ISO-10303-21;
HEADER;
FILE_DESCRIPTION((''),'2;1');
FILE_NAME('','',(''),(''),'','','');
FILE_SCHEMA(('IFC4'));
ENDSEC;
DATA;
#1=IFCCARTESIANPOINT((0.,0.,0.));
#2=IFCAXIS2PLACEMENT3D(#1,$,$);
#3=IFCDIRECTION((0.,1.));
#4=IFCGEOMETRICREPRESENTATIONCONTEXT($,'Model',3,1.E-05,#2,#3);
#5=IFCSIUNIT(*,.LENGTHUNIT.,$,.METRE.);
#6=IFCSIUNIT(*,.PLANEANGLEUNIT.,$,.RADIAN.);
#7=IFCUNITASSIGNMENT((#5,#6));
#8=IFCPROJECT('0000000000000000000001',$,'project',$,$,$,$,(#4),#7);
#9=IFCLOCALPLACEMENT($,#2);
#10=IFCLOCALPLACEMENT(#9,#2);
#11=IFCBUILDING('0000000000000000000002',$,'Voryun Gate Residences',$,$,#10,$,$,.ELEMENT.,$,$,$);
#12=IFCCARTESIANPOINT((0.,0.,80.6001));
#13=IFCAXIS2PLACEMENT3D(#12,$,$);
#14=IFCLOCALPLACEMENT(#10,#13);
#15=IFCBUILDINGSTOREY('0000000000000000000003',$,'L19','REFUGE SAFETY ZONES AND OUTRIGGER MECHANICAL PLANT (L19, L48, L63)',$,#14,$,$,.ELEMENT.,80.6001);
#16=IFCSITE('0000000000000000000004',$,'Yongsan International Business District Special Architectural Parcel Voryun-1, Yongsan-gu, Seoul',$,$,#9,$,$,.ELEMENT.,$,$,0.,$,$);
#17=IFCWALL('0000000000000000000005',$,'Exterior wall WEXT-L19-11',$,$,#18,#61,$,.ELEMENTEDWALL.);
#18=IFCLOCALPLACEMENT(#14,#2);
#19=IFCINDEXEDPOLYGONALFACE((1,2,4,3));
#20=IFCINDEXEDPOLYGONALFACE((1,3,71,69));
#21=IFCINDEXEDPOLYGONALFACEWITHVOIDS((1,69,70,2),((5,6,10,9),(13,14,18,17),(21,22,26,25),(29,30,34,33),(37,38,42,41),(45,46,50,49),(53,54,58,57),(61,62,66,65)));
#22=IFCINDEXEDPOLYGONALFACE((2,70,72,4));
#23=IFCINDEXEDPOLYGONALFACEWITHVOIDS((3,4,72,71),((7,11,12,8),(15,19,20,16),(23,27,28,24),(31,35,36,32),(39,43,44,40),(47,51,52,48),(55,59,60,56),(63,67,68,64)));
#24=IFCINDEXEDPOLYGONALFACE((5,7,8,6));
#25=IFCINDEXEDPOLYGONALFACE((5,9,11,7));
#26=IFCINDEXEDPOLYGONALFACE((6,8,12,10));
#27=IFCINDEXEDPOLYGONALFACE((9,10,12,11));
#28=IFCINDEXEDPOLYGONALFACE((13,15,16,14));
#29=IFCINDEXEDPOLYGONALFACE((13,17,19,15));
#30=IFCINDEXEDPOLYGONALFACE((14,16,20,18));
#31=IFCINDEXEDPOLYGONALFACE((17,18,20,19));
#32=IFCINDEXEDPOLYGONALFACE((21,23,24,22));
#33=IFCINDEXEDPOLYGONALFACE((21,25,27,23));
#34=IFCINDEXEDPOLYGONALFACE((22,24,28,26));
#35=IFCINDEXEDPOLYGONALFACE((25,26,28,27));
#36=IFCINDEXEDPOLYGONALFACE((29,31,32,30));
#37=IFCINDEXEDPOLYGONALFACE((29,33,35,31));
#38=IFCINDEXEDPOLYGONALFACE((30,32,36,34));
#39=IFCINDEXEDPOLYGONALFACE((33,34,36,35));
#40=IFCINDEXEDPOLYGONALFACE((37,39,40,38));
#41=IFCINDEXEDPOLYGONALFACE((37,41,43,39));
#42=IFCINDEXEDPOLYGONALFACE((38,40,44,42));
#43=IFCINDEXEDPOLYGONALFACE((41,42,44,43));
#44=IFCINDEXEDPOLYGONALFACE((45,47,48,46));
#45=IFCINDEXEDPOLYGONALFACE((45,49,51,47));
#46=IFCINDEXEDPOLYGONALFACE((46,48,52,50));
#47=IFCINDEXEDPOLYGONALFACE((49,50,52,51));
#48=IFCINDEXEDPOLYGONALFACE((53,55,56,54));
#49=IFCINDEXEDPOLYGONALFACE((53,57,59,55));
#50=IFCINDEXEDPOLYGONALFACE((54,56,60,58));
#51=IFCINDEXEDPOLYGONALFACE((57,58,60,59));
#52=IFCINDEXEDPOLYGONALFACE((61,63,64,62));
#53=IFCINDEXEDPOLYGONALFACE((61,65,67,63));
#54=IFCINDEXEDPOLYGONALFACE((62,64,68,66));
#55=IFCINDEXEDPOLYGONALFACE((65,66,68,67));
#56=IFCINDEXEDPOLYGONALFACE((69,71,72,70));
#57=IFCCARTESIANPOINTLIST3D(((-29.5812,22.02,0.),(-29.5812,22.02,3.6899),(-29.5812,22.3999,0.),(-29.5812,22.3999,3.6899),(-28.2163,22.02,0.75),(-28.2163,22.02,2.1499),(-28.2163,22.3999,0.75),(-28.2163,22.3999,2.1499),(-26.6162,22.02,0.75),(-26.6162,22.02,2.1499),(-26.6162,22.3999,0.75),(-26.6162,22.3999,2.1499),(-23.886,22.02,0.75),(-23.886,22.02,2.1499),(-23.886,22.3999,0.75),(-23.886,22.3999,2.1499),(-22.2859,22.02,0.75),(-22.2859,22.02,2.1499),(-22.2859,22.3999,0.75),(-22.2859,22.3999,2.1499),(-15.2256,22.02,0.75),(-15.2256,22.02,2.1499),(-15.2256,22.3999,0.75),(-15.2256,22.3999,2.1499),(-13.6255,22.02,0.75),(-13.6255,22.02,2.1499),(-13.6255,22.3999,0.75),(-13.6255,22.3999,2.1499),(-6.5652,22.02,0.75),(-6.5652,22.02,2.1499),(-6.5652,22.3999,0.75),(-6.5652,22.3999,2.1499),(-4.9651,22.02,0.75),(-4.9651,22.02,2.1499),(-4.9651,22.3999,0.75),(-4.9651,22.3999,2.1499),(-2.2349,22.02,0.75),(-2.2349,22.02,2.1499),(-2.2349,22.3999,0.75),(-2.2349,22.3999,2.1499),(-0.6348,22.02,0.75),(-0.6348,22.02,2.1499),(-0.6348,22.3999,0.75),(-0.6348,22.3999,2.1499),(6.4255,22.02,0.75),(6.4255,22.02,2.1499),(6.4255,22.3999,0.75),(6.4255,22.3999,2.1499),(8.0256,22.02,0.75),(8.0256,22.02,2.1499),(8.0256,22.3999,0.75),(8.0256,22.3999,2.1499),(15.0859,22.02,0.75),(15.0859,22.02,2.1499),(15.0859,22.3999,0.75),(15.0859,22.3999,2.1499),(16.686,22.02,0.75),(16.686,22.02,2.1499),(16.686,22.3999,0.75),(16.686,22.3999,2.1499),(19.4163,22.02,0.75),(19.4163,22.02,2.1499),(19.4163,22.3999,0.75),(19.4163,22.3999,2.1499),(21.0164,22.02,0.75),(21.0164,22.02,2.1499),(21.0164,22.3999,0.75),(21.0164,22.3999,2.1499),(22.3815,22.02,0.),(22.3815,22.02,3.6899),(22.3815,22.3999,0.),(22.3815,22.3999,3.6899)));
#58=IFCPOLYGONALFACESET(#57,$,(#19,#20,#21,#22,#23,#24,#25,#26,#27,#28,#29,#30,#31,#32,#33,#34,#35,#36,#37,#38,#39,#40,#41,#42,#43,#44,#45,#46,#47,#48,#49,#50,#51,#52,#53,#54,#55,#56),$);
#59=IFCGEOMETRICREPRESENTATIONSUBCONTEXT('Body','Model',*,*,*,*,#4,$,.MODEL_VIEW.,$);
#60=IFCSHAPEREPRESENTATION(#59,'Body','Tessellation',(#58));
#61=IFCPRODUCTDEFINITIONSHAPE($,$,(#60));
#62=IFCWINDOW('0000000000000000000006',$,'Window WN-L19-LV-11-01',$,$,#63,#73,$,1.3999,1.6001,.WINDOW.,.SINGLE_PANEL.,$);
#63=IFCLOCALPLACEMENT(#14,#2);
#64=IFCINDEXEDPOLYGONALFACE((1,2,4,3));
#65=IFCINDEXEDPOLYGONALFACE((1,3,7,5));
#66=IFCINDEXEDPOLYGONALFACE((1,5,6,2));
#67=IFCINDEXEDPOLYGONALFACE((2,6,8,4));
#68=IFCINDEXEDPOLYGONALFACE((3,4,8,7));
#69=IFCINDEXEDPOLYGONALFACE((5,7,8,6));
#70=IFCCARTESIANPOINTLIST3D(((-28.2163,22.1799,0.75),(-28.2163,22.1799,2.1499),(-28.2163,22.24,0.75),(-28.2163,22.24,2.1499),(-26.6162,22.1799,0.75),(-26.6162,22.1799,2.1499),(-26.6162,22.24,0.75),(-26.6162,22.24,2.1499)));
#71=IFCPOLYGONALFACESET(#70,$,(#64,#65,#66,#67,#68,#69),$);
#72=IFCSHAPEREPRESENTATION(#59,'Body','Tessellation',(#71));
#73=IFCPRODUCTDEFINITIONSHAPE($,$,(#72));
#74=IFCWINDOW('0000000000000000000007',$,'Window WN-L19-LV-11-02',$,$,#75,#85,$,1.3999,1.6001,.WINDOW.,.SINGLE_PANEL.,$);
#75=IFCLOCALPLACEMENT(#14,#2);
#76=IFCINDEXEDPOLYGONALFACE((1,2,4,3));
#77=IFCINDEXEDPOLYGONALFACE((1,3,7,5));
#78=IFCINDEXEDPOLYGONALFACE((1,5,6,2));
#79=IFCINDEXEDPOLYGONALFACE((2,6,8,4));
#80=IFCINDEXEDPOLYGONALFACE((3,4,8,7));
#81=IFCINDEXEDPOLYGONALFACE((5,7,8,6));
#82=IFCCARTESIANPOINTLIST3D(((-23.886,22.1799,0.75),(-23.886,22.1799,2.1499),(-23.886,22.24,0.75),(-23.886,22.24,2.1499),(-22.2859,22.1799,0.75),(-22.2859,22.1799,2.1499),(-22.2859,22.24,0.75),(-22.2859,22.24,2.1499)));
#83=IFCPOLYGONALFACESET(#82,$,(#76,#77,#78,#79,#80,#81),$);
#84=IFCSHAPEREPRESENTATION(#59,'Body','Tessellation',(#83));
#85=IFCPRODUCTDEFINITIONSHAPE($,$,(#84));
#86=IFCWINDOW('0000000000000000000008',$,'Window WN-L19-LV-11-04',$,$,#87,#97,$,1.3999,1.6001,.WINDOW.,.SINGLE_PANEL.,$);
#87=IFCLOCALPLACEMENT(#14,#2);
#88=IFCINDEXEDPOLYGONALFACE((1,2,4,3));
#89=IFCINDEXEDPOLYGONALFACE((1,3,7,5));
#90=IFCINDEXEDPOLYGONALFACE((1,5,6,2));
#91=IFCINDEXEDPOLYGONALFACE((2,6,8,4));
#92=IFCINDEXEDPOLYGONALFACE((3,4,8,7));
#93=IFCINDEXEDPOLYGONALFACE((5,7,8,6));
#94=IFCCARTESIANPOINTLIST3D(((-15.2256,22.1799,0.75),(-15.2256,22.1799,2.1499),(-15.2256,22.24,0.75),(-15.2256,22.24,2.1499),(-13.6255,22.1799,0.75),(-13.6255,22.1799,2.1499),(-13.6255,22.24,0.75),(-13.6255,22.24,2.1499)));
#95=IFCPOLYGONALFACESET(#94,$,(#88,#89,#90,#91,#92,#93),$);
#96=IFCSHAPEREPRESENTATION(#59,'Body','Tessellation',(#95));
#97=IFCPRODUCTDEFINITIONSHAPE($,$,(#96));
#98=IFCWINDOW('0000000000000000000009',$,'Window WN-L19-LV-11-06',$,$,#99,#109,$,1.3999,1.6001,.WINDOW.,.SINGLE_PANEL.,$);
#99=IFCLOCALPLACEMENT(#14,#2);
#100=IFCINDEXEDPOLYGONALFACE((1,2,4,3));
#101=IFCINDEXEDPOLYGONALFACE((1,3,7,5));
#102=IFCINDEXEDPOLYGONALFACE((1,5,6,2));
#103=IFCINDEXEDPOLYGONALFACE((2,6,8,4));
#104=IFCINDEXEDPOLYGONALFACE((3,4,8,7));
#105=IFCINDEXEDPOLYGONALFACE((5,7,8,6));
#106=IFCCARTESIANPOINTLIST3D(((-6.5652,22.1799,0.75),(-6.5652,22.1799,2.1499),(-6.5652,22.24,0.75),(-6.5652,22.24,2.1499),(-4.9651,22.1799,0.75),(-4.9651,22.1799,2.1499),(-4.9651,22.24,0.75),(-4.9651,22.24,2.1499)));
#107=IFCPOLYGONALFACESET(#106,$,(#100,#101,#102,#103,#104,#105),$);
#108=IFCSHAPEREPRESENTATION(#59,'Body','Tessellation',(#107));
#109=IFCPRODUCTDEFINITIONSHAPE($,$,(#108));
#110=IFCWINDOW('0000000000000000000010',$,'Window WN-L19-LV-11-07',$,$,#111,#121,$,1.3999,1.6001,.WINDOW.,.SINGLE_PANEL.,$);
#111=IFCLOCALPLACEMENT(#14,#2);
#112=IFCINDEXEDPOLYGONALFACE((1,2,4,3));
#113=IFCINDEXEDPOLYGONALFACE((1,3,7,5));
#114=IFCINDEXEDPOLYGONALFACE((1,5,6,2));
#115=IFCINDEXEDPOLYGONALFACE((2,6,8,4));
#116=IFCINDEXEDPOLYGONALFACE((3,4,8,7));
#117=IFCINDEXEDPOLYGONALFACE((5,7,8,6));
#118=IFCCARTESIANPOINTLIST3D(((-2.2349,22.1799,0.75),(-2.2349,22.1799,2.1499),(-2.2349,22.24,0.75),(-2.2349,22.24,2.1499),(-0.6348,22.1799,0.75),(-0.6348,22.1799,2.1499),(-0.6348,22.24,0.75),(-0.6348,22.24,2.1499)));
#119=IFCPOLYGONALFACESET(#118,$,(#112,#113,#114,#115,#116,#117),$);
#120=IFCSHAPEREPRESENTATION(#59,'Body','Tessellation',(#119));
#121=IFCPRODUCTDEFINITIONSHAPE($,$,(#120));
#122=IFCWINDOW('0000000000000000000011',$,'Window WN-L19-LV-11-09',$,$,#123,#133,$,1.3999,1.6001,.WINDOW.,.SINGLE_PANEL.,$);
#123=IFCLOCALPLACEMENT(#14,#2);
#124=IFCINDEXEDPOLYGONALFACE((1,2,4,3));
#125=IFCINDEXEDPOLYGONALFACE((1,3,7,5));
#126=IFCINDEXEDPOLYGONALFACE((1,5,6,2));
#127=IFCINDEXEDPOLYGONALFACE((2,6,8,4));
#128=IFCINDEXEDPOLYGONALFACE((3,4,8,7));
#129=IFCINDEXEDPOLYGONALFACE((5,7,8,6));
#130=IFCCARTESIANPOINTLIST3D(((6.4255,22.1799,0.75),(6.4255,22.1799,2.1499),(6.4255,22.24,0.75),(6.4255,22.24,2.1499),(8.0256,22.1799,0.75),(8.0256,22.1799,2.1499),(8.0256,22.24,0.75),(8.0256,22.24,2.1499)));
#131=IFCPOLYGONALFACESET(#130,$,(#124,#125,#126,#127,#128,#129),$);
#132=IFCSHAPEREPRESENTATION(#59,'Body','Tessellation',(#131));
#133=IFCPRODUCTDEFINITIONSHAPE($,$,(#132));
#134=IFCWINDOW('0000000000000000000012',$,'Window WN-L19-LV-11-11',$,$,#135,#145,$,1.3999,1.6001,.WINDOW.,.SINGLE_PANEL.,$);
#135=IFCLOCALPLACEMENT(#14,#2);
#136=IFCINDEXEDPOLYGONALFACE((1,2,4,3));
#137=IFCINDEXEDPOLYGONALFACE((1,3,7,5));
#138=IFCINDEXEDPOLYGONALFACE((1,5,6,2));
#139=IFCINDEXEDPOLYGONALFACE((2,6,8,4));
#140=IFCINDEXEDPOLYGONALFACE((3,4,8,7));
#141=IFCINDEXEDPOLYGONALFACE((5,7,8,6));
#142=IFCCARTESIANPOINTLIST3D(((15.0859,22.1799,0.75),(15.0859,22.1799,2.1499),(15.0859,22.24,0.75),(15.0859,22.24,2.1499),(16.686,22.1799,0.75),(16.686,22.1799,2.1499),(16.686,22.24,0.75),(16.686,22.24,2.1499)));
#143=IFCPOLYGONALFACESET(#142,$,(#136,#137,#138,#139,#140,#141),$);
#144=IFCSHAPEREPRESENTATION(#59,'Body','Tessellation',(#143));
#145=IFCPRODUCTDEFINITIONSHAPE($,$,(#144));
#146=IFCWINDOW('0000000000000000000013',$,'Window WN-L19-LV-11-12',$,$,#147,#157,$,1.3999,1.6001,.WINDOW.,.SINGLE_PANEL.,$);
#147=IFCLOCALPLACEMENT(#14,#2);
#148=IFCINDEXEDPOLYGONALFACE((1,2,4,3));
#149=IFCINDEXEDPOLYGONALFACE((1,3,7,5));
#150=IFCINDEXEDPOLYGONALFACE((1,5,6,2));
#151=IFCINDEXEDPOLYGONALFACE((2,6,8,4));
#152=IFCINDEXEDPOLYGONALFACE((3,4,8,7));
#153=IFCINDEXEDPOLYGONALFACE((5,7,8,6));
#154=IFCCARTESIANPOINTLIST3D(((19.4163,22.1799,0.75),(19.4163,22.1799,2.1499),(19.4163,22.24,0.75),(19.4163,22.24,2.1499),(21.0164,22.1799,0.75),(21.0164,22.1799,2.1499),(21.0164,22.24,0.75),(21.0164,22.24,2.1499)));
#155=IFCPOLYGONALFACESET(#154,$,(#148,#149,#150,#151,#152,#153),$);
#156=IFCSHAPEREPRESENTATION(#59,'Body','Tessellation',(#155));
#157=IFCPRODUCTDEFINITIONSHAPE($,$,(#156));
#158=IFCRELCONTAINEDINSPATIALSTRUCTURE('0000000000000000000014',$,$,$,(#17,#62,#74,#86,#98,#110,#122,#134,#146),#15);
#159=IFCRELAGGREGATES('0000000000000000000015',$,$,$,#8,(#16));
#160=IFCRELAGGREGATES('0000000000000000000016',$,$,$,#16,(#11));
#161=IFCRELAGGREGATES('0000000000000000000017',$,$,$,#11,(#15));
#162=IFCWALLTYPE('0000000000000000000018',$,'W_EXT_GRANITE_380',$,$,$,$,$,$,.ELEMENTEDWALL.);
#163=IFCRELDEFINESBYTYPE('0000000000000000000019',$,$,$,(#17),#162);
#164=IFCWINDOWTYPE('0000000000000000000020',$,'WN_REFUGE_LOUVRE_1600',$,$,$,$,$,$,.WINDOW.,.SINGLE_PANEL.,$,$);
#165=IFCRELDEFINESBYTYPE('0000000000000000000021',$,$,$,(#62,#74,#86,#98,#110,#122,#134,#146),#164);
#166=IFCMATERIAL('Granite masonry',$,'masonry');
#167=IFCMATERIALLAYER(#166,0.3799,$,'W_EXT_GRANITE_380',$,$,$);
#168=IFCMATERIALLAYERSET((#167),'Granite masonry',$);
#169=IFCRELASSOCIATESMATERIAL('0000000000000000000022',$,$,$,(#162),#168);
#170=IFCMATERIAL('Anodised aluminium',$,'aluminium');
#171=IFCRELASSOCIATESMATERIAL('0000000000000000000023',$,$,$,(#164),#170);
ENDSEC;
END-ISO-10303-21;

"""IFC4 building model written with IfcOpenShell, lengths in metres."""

from ifc_helpers import new_model, si_unit, direction, frame, frame_2d, origin, place, context, subcontext, project, spatial, rectangle, extrude, material, layer, layer_set, type_object, element, fill, save


model = new_model("IFC4")

# Units and contexts
model_context = context("Model", 3, precision=1e-05, world=origin(), true_north=direction((0.0, 1.0)))
body_context = subcontext(model_context, "Body", "Model", "MODEL_VIEW")
ifc_project = project(units=[si_unit("LENGTHUNIT", "METRE"), si_unit("PLANEANGLEUNIT", "RADIAN")], contexts=[model_context])

# Site, building, storey
site_placement = place(None, origin())
site = spatial("IfcSite", under=ifc_project, at=site_placement, Name="Yongsan International Business District Special Architectural Parcel Voryun-1, Yongsan-gu, Seoul", CompositionType="ELEMENT", RefElevation=0.0)
building_placement = place(site_placement, origin())
building = spatial("IfcBuilding", under=site, at=building_placement, Name="Voryun Gate Residences", CompositionType="ELEMENT")
storey_placement = place(building_placement, frame((0.0, 0.0, 80.6001)))
storey = spatial("IfcBuildingStorey", under=building, at=storey_placement, Name="L19", Description="REFUGE SAFETY ZONES AND OUTRIGGER MECHANICAL PLANT (L19, L48, L63)", CompositionType="ELEMENT", Elevation=80.6001)

# Shared definitions
ifc_material_1 = material(Name="Granite masonry", Category="masonry")
ifc_layer_1 = layer(ifc_material_1, 0.3799, Name="W_EXT_GRANITE_380")
ifc_layer_set_1 = layer_set([ifc_layer_1], Name="Granite masonry")
wall_type = type_object("IfcWallType", Name="W_EXT_GRANITE_380", PredefinedType="ELEMENTEDWALL", material=ifc_layer_set_1)

# Wall, openings, windows
wall_1_placement = place(storey_placement, frame((-29.5813, 22.21, 0.0), z_axis=(0.0, 0.0, 1.0), x_axis=(1.0, 0.0, 0.0)))
wall_1 = element("IfcWall", 1, at=wall_1_placement, inside=storey, type_object=wall_type, Name="Exterior wall WEXT-L19-11", PredefinedType="ELEMENTEDWALL", context=body_context, shape_type="SweptSolid", body=[
    extrude(rectangle(XDim=51.9626, YDim=0.3799, at=frame_2d((25.9814, 0.0))), origin(), (0.0, 0.0, 1.0), 3.6899),
])
opening_1_placement = place(wall_1_placement, frame((1.365, 0.0, 0.75)))
opening_1 = element("IfcOpeningElement", 2, at=opening_1_placement, cuts=wall_1, PredefinedType="OPENING", context=body_context, shape_type="SweptSolid", body=[
    extrude(rectangle(XDim=1.6001, YDim=1.3999, at=frame_2d((0.8, 0.7))), frame((0.0, 0.2, 0.0), z_axis=(0.0, -1.0, 0.0), x_axis=(1.0, 0.0, 0.0)), (0.0, 0.0, 1.0), 0.3999),
])
opening_2_placement = place(wall_1_placement, frame((5.6953, 0.0, 0.75)))
opening_2 = element("IfcOpeningElement", 3, at=opening_2_placement, cuts=wall_1, PredefinedType="OPENING", context=body_context, shape_type="SweptSolid", body=[
    extrude(rectangle(XDim=1.6001, YDim=1.3999, at=frame_2d((0.8, 0.7))), frame((0.0, 0.2, 0.0), z_axis=(0.0, -1.0, 0.0), x_axis=(1.0, 0.0, 0.0)), (0.0, 0.0, 1.0), 0.3999),
])
opening_3_placement = place(wall_1_placement, frame((14.3557, 0.0, 0.75)))
opening_3 = element("IfcOpeningElement", 4, at=opening_3_placement, cuts=wall_1, PredefinedType="OPENING", context=body_context, shape_type="SweptSolid", body=[
    extrude(rectangle(XDim=1.6001, YDim=1.3999, at=frame_2d((0.8, 0.7))), frame((0.0, 0.2, 0.0), z_axis=(0.0, -1.0, 0.0), x_axis=(1.0, 0.0, 0.0)), (0.0, 0.0, 1.0), 0.3999),
])
opening_4_placement = place(wall_1_placement, frame((23.0161, 0.0, 0.75)))
opening_4 = element("IfcOpeningElement", 5, at=opening_4_placement, cuts=wall_1, PredefinedType="OPENING", context=body_context, shape_type="SweptSolid", body=[
    extrude(rectangle(XDim=1.6001, YDim=1.3999, at=frame_2d((0.8, 0.7))), frame((0.0, 0.2, 0.0), z_axis=(0.0, -1.0, 0.0), x_axis=(1.0, 0.0, 0.0)), (0.0, 0.0, 1.0), 0.3999),
])
opening_5_placement = place(wall_1_placement, frame((27.3464, 0.0, 0.75)))
opening_5 = element("IfcOpeningElement", 6, at=opening_5_placement, cuts=wall_1, PredefinedType="OPENING", context=body_context, shape_type="SweptSolid", body=[
    extrude(rectangle(XDim=1.6001, YDim=1.3999, at=frame_2d((0.8, 0.7))), frame((0.0, 0.2, 0.0), z_axis=(0.0, -1.0, 0.0), x_axis=(1.0, 0.0, 0.0)), (0.0, 0.0, 1.0), 0.3999),
])
opening_6_placement = place(wall_1_placement, frame((36.0068, 0.0, 0.75)))
opening_6 = element("IfcOpeningElement", 7, at=opening_6_placement, cuts=wall_1, PredefinedType="OPENING", context=body_context, shape_type="SweptSolid", body=[
    extrude(rectangle(XDim=1.6001, YDim=1.3999, at=frame_2d((0.8, 0.7))), frame((0.0, 0.2, 0.0), z_axis=(0.0, -1.0, 0.0), x_axis=(1.0, 0.0, 0.0)), (0.0, 0.0, 1.0), 0.3999),
])
opening_7_placement = place(wall_1_placement, frame((44.6672, 0.0, 0.75)))
opening_7 = element("IfcOpeningElement", 8, at=opening_7_placement, cuts=wall_1, PredefinedType="OPENING", context=body_context, shape_type="SweptSolid", body=[
    extrude(rectangle(XDim=1.6001, YDim=1.3999, at=frame_2d((0.8, 0.7))), frame((0.0, 0.2, 0.0), z_axis=(0.0, -1.0, 0.0), x_axis=(1.0, 0.0, 0.0)), (0.0, 0.0, 1.0), 0.3999),
])
opening_8_placement = place(wall_1_placement, frame((48.9976, 0.0, 0.75)))
opening_8 = element("IfcOpeningElement", 9, at=opening_8_placement, cuts=wall_1, PredefinedType="OPENING", context=body_context, shape_type="SweptSolid", body=[
    extrude(rectangle(XDim=1.6001, YDim=1.3999, at=frame_2d((0.8, 0.7))), frame((0.0, 0.2, 0.0), z_axis=(0.0, -1.0, 0.0), x_axis=(1.0, 0.0, 0.0)), (0.0, 0.0, 1.0), 0.3999),
])
ifc_material_2 = material(Name="Anodised aluminium", Category="aluminium")
window_type = type_object("IfcWindowType", Name="WN_REFUGE_LOUVRE_1600", PartitioningType="SINGLE_PANEL", PredefinedType="WINDOW", material=ifc_material_2)
window_1_placement = place(opening_1_placement, origin())
window_1 = element("IfcWindow", 10, at=window_1_placement, inside=storey, type_object=window_type, Name="Window WN-L19-LV-11-01", OverallHeight=1.3999, OverallWidth=1.6001, PartitioningType="SINGLE_PANEL", PredefinedType="WINDOW", context=body_context, shape_type="SweptSolid", body=[
    extrude(rectangle(XDim=1.6001, YDim=1.3999, at=frame_2d((0.8, 0.7))), frame((0.0, 0.03, 0.0), z_axis=(0.0, -1.0, 0.0), x_axis=(1.0, 0.0, 0.0)), (0.0, 0.0, 1.0), 0.0601),
])
fill(opening_1, window_1)
window_2_placement = place(opening_2_placement, origin())
window_2 = element("IfcWindow", 11, at=window_2_placement, inside=storey, type_object=window_type, Name="Window WN-L19-LV-11-02", OverallHeight=1.3999, OverallWidth=1.6001, PartitioningType="SINGLE_PANEL", PredefinedType="WINDOW", context=body_context, shape_type="SweptSolid", body=[
    extrude(rectangle(XDim=1.6001, YDim=1.3999, at=frame_2d((0.8, 0.7))), frame((0.0, 0.03, 0.0), z_axis=(0.0, -1.0, 0.0), x_axis=(1.0, 0.0, 0.0)), (0.0, 0.0, 1.0), 0.0601),
])
fill(opening_2, window_2)
window_3_placement = place(opening_3_placement, origin())
window_3 = element("IfcWindow", 12, at=window_3_placement, inside=storey, type_object=window_type, Name="Window WN-L19-LV-11-04", OverallHeight=1.3999, OverallWidth=1.6001, PartitioningType="SINGLE_PANEL", PredefinedType="WINDOW", context=body_context, shape_type="SweptSolid", body=[
    extrude(rectangle(XDim=1.6001, YDim=1.3999, at=frame_2d((0.8, 0.7))), frame((0.0, 0.03, 0.0), z_axis=(0.0, -1.0, 0.0), x_axis=(1.0, 0.0, 0.0)), (0.0, 0.0, 1.0), 0.0601),
])
fill(opening_3, window_3)
window_4_placement = place(opening_4_placement, origin())
window_4 = element("IfcWindow", 13, at=window_4_placement, inside=storey, type_object=window_type, Name="Window WN-L19-LV-11-06", OverallHeight=1.3999, OverallWidth=1.6001, PartitioningType="SINGLE_PANEL", PredefinedType="WINDOW", context=body_context, shape_type="SweptSolid", body=[
    extrude(rectangle(XDim=1.6001, YDim=1.3999, at=frame_2d((0.8, 0.7))), frame((0.0, 0.03, 0.0), z_axis=(0.0, -1.0, 0.0), x_axis=(1.0, 0.0, 0.0)), (0.0, 0.0, 1.0), 0.0601),
])
fill(opening_4, window_4)
window_5_placement = place(opening_5_placement, origin())
window_5 = element("IfcWindow", 14, at=window_5_placement, inside=storey, type_object=window_type, Name="Window WN-L19-LV-11-07", OverallHeight=1.3999, OverallWidth=1.6001, PartitioningType="SINGLE_PANEL", PredefinedType="WINDOW", context=body_context, shape_type="SweptSolid", body=[
    extrude(rectangle(XDim=1.6001, YDim=1.3999, at=frame_2d((0.8, 0.7))), frame((0.0, 0.03, 0.0), z_axis=(0.0, -1.0, 0.0), x_axis=(1.0, 0.0, 0.0)), (0.0, 0.0, 1.0), 0.0601),
])
fill(opening_5, window_5)
window_6_placement = place(opening_6_placement, origin())
window_6 = element("IfcWindow", 15, at=window_6_placement, inside=storey, type_object=window_type, Name="Window WN-L19-LV-11-09", OverallHeight=1.3999, OverallWidth=1.6001, PartitioningType="SINGLE_PANEL", PredefinedType="WINDOW", context=body_context, shape_type="SweptSolid", body=[
    extrude(rectangle(XDim=1.6001, YDim=1.3999, at=frame_2d((0.8, 0.7))), frame((0.0, 0.03, 0.0), z_axis=(0.0, -1.0, 0.0), x_axis=(1.0, 0.0, 0.0)), (0.0, 0.0, 1.0), 0.0601),
])
fill(opening_6, window_6)
window_7_placement = place(opening_7_placement, origin())
window_7 = element("IfcWindow", 16, at=window_7_placement, inside=storey, type_object=window_type, Name="Window WN-L19-LV-11-11", OverallHeight=1.3999, OverallWidth=1.6001, PartitioningType="SINGLE_PANEL", PredefinedType="WINDOW", context=body_context, shape_type="SweptSolid", body=[
    extrude(rectangle(XDim=1.6001, YDim=1.3999, at=frame_2d((0.8, 0.7))), frame((0.0, 0.03, 0.0), z_axis=(0.0, -1.0, 0.0), x_axis=(1.0, 0.0, 0.0)), (0.0, 0.0, 1.0), 0.0601),
])
fill(opening_7, window_7)
window_8_placement = place(opening_8_placement, origin())
window_8 = element("IfcWindow", 17, at=window_8_placement, inside=storey, type_object=window_type, Name="Window WN-L19-LV-11-12", OverallHeight=1.3999, OverallWidth=1.6001, PartitioningType="SINGLE_PANEL", PredefinedType="WINDOW", context=body_context, shape_type="SweptSolid", body=[
    extrude(rectangle(XDim=1.6001, YDim=1.3999, at=frame_2d((0.8, 0.7))), frame((0.0, 0.03, 0.0), z_axis=(0.0, -1.0, 0.0), x_axis=(1.0, 0.0, 0.0)), (0.0, 0.0, 1.0), 0.0601),
])
fill(opening_8, window_8)

save(model, "model.ifc")
